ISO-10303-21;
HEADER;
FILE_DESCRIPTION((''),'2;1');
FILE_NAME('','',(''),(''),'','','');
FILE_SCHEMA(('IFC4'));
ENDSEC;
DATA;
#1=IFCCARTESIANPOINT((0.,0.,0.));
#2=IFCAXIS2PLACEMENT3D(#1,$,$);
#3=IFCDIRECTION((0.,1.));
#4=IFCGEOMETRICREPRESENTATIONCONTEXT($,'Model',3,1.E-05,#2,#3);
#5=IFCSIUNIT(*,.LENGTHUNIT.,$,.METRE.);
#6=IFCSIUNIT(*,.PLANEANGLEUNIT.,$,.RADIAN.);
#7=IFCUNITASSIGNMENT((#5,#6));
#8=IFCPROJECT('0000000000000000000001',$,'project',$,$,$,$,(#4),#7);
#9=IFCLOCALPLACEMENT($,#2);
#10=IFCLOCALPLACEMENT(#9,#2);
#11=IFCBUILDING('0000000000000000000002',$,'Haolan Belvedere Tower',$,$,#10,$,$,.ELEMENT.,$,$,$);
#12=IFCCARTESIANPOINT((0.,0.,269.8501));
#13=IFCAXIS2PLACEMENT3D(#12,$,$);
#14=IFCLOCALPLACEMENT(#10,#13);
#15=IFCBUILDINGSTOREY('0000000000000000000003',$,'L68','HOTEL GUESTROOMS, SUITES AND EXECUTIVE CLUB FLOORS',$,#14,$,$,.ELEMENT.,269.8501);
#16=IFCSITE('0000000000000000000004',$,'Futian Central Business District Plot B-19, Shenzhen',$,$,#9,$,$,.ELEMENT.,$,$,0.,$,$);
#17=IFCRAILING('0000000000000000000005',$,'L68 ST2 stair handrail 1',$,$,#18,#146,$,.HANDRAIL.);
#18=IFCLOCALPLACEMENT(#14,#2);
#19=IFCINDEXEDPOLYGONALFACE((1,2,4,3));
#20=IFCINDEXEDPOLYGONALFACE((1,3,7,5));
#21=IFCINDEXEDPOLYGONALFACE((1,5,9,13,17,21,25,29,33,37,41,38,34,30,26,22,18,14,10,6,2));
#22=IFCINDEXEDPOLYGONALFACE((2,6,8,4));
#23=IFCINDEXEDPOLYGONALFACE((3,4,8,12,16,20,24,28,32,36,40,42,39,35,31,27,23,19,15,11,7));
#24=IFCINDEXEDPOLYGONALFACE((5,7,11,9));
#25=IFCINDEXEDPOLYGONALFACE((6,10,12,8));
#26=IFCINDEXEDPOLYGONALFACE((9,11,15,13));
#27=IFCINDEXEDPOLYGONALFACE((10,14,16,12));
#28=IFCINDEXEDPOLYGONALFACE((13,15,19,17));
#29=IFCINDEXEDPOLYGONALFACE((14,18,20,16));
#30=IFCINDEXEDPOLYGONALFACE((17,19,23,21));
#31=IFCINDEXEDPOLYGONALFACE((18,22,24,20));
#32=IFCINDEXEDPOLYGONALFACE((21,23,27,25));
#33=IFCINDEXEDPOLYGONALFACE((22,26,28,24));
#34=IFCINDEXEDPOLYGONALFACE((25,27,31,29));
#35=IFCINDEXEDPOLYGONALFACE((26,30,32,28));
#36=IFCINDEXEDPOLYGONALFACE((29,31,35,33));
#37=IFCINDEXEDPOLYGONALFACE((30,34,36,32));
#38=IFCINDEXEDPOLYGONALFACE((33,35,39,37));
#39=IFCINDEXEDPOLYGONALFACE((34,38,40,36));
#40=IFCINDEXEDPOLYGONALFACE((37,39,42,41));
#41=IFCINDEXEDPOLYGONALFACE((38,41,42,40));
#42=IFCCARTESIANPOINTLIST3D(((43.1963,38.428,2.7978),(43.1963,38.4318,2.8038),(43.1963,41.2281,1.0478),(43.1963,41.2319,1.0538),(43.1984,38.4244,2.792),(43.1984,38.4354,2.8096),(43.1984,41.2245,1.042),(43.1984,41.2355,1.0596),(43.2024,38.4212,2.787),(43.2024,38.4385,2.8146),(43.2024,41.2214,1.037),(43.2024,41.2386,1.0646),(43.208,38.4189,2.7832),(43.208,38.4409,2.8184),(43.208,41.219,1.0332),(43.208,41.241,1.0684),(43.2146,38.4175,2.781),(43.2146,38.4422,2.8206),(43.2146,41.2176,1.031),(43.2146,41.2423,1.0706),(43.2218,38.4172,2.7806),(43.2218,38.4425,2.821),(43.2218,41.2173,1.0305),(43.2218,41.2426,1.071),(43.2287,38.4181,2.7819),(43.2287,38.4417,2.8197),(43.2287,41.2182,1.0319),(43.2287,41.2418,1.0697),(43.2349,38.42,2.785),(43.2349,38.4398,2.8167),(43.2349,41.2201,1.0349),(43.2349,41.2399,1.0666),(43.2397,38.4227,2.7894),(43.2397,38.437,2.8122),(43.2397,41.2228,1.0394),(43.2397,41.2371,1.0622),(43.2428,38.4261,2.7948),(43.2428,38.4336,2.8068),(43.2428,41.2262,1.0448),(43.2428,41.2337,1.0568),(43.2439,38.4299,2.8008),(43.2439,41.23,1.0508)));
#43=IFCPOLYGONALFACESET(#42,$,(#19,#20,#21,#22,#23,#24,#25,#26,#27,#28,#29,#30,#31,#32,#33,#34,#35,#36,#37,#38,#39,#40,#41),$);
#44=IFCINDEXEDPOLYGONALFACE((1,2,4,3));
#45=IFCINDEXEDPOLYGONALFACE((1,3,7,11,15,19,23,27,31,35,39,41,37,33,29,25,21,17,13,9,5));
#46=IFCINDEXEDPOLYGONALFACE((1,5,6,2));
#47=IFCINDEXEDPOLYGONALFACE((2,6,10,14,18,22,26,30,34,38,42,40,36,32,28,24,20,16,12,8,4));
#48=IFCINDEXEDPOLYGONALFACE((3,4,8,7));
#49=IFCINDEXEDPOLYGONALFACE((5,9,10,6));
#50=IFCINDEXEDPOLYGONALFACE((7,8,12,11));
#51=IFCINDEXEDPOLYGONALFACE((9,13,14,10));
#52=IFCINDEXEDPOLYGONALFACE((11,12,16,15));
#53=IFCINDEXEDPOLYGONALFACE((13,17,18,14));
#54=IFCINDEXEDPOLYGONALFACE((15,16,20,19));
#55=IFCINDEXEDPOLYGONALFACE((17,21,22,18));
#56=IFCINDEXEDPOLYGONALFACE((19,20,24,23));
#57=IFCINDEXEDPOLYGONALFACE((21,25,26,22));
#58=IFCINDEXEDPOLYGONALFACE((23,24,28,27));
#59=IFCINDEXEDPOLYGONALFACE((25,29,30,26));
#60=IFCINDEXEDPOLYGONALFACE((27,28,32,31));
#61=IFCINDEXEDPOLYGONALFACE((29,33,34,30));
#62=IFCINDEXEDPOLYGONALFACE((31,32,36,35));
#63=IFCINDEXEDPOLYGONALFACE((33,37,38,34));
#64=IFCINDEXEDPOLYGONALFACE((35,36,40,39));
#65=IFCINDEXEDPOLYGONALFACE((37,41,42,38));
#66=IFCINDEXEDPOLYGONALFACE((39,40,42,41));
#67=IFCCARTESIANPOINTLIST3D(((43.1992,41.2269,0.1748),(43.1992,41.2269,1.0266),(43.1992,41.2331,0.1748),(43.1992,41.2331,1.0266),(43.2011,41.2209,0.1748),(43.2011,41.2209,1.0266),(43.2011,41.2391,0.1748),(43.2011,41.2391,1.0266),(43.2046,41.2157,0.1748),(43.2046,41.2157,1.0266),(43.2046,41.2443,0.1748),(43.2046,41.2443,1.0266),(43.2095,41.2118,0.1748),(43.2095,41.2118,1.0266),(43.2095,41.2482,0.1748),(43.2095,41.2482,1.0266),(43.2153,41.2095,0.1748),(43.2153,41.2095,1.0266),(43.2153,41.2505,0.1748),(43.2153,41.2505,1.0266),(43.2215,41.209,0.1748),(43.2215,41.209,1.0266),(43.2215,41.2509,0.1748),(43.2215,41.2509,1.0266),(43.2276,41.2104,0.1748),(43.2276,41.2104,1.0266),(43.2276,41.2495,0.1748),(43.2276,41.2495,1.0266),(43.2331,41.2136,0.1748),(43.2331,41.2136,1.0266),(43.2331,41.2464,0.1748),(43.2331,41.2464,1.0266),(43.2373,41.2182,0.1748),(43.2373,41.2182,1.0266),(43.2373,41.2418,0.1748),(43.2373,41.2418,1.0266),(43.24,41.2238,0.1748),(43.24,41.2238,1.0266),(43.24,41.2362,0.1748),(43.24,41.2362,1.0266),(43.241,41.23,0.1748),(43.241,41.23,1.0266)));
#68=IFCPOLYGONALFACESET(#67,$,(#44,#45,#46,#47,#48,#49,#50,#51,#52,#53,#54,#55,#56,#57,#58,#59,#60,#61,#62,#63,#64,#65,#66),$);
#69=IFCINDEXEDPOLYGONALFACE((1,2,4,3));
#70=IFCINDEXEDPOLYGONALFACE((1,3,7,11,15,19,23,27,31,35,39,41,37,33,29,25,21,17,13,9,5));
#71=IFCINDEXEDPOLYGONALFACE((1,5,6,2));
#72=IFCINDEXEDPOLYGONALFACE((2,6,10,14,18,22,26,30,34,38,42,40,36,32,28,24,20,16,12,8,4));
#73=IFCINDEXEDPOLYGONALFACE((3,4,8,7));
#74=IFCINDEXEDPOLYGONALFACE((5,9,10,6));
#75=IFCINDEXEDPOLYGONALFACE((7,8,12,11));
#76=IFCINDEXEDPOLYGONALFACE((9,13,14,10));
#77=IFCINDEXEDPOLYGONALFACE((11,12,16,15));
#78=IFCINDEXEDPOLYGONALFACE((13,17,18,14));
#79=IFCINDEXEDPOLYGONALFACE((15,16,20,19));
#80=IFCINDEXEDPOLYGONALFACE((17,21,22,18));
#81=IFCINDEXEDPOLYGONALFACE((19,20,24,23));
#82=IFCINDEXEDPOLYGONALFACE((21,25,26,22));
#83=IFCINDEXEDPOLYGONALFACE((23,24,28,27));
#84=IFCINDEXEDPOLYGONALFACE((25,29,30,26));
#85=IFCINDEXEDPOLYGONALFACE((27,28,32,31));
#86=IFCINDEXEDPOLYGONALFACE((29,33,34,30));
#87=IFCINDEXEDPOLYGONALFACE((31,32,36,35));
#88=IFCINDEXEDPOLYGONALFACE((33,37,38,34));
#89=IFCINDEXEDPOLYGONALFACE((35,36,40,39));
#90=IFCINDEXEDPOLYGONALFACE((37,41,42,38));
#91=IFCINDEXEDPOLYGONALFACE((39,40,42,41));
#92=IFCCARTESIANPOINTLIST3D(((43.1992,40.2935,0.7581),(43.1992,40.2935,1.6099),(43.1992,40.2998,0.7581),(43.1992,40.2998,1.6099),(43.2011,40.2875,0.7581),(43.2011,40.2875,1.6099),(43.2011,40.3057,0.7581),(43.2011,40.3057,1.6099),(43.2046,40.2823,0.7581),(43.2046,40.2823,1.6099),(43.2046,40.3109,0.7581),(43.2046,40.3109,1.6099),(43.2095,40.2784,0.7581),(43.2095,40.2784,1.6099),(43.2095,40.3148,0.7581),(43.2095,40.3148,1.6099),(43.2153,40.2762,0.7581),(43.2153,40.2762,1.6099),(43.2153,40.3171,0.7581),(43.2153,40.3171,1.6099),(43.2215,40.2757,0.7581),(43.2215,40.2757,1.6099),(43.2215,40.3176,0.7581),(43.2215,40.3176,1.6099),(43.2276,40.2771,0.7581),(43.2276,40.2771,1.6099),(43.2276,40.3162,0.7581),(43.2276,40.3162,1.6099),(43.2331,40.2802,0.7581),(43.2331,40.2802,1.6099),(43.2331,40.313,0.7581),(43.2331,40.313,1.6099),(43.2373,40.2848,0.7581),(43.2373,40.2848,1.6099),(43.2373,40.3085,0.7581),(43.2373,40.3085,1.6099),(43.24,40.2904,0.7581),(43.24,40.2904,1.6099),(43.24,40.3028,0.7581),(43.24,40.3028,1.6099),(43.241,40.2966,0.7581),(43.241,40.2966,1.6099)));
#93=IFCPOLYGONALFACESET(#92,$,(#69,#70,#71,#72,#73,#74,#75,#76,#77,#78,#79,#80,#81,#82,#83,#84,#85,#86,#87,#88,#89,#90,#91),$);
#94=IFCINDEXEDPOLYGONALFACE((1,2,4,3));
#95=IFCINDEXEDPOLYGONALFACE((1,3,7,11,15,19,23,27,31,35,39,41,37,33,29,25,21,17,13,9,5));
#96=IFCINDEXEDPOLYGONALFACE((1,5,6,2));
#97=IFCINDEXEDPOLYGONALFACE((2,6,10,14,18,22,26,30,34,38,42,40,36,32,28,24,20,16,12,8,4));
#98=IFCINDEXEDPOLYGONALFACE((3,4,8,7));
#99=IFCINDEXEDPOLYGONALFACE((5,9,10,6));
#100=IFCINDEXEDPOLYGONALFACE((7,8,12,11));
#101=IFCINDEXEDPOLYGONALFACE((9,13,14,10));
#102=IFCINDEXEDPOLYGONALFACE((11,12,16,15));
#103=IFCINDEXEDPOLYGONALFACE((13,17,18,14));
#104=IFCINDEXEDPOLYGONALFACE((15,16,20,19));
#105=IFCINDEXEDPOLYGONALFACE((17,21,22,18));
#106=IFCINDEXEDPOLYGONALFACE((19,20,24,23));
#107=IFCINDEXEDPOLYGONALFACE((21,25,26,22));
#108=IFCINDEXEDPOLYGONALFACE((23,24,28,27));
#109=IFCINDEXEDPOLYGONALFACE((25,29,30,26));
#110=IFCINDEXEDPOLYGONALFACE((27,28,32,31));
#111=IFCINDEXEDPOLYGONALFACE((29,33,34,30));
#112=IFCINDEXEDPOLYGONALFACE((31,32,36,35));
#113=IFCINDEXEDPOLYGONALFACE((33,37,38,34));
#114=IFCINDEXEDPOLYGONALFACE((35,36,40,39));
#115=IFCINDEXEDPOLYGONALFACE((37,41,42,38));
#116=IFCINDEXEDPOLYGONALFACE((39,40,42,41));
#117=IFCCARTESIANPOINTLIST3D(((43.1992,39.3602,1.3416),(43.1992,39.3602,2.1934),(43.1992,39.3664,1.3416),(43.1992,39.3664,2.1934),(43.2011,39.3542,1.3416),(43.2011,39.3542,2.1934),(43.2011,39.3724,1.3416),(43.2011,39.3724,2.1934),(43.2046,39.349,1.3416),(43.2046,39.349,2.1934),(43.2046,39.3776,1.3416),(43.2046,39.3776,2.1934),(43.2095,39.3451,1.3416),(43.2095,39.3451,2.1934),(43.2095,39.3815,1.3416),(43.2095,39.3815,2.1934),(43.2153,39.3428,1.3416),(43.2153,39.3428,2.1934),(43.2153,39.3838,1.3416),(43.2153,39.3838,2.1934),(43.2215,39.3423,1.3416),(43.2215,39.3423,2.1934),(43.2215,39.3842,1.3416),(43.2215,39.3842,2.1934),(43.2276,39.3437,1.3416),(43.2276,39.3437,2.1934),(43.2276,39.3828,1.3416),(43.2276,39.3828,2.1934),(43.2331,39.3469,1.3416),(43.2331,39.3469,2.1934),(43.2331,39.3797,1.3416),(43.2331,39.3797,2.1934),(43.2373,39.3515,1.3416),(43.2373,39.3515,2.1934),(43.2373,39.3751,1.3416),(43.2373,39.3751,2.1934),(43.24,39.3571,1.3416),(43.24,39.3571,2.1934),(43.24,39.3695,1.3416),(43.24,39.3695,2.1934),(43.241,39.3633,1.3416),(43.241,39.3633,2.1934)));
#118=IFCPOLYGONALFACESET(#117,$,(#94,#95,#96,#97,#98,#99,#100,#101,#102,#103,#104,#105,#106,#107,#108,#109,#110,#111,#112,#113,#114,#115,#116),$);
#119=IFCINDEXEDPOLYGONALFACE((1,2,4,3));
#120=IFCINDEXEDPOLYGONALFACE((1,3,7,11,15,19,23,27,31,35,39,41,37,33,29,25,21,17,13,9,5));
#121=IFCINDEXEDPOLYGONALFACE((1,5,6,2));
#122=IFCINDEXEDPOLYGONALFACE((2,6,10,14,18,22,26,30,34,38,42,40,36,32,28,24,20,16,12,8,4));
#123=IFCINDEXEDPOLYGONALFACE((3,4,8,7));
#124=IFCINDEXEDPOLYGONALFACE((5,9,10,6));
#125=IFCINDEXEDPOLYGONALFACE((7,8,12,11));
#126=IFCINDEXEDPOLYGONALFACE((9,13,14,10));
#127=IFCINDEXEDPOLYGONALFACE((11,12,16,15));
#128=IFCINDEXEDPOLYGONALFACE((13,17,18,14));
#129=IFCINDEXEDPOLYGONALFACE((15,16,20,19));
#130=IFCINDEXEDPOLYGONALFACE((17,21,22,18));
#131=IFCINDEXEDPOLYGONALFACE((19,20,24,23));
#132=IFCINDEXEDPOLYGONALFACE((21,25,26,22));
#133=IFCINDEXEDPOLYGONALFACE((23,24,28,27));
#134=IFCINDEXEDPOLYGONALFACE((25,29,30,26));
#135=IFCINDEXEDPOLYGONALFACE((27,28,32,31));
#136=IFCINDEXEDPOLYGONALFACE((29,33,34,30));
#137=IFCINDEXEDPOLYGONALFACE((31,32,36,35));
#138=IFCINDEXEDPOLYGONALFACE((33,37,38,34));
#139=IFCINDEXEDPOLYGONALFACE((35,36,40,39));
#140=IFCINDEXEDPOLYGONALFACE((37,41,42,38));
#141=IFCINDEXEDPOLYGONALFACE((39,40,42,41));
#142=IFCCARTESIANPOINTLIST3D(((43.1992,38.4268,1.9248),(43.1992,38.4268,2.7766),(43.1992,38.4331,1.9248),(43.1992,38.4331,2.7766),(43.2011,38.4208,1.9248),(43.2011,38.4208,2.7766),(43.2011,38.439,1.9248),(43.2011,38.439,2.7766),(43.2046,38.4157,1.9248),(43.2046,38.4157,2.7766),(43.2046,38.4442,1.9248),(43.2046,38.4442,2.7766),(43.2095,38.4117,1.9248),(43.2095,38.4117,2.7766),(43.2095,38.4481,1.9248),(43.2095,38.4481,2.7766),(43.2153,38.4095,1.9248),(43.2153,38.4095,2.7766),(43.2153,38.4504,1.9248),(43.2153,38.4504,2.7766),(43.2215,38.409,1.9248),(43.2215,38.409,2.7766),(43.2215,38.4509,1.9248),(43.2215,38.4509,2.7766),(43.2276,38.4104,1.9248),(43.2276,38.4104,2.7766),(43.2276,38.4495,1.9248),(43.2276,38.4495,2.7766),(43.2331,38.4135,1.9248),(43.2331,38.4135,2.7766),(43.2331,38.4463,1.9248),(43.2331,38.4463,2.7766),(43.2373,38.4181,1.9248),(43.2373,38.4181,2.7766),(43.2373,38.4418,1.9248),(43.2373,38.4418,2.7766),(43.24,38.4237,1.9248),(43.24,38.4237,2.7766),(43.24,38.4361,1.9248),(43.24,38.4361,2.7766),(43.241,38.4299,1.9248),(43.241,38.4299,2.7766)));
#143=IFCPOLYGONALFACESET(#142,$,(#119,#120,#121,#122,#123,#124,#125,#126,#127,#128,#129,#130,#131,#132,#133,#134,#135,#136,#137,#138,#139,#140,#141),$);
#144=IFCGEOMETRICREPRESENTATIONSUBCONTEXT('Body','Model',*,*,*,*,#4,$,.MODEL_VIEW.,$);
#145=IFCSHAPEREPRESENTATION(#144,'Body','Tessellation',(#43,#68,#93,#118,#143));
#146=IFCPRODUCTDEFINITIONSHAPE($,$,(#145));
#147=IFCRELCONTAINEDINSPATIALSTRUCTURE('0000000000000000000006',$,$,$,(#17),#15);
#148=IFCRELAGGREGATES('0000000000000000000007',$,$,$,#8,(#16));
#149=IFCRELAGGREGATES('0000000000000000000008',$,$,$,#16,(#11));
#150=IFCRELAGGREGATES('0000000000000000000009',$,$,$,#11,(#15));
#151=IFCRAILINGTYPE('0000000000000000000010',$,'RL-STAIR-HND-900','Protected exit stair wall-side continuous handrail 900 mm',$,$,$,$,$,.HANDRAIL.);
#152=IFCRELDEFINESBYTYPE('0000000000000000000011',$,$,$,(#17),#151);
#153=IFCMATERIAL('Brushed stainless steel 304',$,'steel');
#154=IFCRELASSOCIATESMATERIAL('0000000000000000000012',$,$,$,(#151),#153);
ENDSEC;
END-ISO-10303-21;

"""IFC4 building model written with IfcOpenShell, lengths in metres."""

from ifc_helpers import new_model, si_unit, direction, frame, origin, origin_2d, place, context, subcontext, project, spatial, circle, extrude, material, type_object, element, save


model = new_model("IFC4")

# Units and contexts
model_context = context("Model", 3, precision=1e-05, world=origin(), true_north=direction((0.0, 1.0)))
body_context = subcontext(model_context, "Body", "Model", "MODEL_VIEW")
ifc_project = project(units=[si_unit("LENGTHUNIT", "METRE"), si_unit("PLANEANGLEUNIT", "RADIAN")], contexts=[model_context])

# Site, building, storey
site_placement = place(None, origin())
site = spatial("IfcSite", under=ifc_project, at=site_placement, Name="Futian Central Business District Plot B-19, Shenzhen", CompositionType="ELEMENT", RefElevation=0.0)
building_placement = place(site_placement, origin())
building = spatial("IfcBuilding", under=site, at=building_placement, Name="Haolan Belvedere Tower", CompositionType="ELEMENT")
storey_placement = place(building_placement, frame((0.0, 0.0, 269.8501)))
storey = spatial("IfcBuildingStorey", under=building, at=storey_placement, Name="L68", Description="HOTEL GUESTROOMS, SUITES AND EXECUTIVE CLUB FLOORS", CompositionType="ELEMENT", Elevation=269.8501)

# Railing
ifc_material_1 = material(Name="Brushed stainless steel 304", Category="steel")
railing_type_1 = type_object("IfcRailingType", Name="RL-STAIR-HND-900", Description="Protected exit stair wall-side continuous handrail 900 mm", PredefinedType="HANDRAIL", material=ifc_material_1)
for number, where, name in (
    (1, (43.22, 41.23, 0.1748), "L68 ST2 stair handrail 1"),
):
    element("IfcRailing", number, at=place(storey_placement, frame(where)), inside=storey, type_object=railing_type_1, Name=name, PredefinedType="HANDRAIL", context=body_context, shape_type="SweptSolid", body=[
        extrude(circle(Radius=0.0239, at=origin_2d()), frame((0.0, 0.0, 0.876), z_axis=(0.0, -0.848002, 0.529992), x_axis=(1.0, 0.0, 0.0)), (0.0, 0.0, 1.0), 3.302),
        extrude(circle(Radius=0.021, at=origin_2d()), origin(), (0.0, 0.0, 1.0), 0.8518),
        extrude(circle(Radius=0.021, at=origin_2d()), frame((0.0, -0.9333, 0.5833)), (0.0, 0.0, 1.0), 0.8518),
        extrude(circle(Radius=0.021, at=origin_2d()), frame((0.0, -1.8667, 1.1667)), (0.0, 0.0, 1.0), 0.8518),
        extrude(circle(Radius=0.021, at=origin_2d()), frame((0.0, -2.8, 1.75)), (0.0, 0.0, 1.0), 0.8518),
    ])

save(model, "model.ifc")
